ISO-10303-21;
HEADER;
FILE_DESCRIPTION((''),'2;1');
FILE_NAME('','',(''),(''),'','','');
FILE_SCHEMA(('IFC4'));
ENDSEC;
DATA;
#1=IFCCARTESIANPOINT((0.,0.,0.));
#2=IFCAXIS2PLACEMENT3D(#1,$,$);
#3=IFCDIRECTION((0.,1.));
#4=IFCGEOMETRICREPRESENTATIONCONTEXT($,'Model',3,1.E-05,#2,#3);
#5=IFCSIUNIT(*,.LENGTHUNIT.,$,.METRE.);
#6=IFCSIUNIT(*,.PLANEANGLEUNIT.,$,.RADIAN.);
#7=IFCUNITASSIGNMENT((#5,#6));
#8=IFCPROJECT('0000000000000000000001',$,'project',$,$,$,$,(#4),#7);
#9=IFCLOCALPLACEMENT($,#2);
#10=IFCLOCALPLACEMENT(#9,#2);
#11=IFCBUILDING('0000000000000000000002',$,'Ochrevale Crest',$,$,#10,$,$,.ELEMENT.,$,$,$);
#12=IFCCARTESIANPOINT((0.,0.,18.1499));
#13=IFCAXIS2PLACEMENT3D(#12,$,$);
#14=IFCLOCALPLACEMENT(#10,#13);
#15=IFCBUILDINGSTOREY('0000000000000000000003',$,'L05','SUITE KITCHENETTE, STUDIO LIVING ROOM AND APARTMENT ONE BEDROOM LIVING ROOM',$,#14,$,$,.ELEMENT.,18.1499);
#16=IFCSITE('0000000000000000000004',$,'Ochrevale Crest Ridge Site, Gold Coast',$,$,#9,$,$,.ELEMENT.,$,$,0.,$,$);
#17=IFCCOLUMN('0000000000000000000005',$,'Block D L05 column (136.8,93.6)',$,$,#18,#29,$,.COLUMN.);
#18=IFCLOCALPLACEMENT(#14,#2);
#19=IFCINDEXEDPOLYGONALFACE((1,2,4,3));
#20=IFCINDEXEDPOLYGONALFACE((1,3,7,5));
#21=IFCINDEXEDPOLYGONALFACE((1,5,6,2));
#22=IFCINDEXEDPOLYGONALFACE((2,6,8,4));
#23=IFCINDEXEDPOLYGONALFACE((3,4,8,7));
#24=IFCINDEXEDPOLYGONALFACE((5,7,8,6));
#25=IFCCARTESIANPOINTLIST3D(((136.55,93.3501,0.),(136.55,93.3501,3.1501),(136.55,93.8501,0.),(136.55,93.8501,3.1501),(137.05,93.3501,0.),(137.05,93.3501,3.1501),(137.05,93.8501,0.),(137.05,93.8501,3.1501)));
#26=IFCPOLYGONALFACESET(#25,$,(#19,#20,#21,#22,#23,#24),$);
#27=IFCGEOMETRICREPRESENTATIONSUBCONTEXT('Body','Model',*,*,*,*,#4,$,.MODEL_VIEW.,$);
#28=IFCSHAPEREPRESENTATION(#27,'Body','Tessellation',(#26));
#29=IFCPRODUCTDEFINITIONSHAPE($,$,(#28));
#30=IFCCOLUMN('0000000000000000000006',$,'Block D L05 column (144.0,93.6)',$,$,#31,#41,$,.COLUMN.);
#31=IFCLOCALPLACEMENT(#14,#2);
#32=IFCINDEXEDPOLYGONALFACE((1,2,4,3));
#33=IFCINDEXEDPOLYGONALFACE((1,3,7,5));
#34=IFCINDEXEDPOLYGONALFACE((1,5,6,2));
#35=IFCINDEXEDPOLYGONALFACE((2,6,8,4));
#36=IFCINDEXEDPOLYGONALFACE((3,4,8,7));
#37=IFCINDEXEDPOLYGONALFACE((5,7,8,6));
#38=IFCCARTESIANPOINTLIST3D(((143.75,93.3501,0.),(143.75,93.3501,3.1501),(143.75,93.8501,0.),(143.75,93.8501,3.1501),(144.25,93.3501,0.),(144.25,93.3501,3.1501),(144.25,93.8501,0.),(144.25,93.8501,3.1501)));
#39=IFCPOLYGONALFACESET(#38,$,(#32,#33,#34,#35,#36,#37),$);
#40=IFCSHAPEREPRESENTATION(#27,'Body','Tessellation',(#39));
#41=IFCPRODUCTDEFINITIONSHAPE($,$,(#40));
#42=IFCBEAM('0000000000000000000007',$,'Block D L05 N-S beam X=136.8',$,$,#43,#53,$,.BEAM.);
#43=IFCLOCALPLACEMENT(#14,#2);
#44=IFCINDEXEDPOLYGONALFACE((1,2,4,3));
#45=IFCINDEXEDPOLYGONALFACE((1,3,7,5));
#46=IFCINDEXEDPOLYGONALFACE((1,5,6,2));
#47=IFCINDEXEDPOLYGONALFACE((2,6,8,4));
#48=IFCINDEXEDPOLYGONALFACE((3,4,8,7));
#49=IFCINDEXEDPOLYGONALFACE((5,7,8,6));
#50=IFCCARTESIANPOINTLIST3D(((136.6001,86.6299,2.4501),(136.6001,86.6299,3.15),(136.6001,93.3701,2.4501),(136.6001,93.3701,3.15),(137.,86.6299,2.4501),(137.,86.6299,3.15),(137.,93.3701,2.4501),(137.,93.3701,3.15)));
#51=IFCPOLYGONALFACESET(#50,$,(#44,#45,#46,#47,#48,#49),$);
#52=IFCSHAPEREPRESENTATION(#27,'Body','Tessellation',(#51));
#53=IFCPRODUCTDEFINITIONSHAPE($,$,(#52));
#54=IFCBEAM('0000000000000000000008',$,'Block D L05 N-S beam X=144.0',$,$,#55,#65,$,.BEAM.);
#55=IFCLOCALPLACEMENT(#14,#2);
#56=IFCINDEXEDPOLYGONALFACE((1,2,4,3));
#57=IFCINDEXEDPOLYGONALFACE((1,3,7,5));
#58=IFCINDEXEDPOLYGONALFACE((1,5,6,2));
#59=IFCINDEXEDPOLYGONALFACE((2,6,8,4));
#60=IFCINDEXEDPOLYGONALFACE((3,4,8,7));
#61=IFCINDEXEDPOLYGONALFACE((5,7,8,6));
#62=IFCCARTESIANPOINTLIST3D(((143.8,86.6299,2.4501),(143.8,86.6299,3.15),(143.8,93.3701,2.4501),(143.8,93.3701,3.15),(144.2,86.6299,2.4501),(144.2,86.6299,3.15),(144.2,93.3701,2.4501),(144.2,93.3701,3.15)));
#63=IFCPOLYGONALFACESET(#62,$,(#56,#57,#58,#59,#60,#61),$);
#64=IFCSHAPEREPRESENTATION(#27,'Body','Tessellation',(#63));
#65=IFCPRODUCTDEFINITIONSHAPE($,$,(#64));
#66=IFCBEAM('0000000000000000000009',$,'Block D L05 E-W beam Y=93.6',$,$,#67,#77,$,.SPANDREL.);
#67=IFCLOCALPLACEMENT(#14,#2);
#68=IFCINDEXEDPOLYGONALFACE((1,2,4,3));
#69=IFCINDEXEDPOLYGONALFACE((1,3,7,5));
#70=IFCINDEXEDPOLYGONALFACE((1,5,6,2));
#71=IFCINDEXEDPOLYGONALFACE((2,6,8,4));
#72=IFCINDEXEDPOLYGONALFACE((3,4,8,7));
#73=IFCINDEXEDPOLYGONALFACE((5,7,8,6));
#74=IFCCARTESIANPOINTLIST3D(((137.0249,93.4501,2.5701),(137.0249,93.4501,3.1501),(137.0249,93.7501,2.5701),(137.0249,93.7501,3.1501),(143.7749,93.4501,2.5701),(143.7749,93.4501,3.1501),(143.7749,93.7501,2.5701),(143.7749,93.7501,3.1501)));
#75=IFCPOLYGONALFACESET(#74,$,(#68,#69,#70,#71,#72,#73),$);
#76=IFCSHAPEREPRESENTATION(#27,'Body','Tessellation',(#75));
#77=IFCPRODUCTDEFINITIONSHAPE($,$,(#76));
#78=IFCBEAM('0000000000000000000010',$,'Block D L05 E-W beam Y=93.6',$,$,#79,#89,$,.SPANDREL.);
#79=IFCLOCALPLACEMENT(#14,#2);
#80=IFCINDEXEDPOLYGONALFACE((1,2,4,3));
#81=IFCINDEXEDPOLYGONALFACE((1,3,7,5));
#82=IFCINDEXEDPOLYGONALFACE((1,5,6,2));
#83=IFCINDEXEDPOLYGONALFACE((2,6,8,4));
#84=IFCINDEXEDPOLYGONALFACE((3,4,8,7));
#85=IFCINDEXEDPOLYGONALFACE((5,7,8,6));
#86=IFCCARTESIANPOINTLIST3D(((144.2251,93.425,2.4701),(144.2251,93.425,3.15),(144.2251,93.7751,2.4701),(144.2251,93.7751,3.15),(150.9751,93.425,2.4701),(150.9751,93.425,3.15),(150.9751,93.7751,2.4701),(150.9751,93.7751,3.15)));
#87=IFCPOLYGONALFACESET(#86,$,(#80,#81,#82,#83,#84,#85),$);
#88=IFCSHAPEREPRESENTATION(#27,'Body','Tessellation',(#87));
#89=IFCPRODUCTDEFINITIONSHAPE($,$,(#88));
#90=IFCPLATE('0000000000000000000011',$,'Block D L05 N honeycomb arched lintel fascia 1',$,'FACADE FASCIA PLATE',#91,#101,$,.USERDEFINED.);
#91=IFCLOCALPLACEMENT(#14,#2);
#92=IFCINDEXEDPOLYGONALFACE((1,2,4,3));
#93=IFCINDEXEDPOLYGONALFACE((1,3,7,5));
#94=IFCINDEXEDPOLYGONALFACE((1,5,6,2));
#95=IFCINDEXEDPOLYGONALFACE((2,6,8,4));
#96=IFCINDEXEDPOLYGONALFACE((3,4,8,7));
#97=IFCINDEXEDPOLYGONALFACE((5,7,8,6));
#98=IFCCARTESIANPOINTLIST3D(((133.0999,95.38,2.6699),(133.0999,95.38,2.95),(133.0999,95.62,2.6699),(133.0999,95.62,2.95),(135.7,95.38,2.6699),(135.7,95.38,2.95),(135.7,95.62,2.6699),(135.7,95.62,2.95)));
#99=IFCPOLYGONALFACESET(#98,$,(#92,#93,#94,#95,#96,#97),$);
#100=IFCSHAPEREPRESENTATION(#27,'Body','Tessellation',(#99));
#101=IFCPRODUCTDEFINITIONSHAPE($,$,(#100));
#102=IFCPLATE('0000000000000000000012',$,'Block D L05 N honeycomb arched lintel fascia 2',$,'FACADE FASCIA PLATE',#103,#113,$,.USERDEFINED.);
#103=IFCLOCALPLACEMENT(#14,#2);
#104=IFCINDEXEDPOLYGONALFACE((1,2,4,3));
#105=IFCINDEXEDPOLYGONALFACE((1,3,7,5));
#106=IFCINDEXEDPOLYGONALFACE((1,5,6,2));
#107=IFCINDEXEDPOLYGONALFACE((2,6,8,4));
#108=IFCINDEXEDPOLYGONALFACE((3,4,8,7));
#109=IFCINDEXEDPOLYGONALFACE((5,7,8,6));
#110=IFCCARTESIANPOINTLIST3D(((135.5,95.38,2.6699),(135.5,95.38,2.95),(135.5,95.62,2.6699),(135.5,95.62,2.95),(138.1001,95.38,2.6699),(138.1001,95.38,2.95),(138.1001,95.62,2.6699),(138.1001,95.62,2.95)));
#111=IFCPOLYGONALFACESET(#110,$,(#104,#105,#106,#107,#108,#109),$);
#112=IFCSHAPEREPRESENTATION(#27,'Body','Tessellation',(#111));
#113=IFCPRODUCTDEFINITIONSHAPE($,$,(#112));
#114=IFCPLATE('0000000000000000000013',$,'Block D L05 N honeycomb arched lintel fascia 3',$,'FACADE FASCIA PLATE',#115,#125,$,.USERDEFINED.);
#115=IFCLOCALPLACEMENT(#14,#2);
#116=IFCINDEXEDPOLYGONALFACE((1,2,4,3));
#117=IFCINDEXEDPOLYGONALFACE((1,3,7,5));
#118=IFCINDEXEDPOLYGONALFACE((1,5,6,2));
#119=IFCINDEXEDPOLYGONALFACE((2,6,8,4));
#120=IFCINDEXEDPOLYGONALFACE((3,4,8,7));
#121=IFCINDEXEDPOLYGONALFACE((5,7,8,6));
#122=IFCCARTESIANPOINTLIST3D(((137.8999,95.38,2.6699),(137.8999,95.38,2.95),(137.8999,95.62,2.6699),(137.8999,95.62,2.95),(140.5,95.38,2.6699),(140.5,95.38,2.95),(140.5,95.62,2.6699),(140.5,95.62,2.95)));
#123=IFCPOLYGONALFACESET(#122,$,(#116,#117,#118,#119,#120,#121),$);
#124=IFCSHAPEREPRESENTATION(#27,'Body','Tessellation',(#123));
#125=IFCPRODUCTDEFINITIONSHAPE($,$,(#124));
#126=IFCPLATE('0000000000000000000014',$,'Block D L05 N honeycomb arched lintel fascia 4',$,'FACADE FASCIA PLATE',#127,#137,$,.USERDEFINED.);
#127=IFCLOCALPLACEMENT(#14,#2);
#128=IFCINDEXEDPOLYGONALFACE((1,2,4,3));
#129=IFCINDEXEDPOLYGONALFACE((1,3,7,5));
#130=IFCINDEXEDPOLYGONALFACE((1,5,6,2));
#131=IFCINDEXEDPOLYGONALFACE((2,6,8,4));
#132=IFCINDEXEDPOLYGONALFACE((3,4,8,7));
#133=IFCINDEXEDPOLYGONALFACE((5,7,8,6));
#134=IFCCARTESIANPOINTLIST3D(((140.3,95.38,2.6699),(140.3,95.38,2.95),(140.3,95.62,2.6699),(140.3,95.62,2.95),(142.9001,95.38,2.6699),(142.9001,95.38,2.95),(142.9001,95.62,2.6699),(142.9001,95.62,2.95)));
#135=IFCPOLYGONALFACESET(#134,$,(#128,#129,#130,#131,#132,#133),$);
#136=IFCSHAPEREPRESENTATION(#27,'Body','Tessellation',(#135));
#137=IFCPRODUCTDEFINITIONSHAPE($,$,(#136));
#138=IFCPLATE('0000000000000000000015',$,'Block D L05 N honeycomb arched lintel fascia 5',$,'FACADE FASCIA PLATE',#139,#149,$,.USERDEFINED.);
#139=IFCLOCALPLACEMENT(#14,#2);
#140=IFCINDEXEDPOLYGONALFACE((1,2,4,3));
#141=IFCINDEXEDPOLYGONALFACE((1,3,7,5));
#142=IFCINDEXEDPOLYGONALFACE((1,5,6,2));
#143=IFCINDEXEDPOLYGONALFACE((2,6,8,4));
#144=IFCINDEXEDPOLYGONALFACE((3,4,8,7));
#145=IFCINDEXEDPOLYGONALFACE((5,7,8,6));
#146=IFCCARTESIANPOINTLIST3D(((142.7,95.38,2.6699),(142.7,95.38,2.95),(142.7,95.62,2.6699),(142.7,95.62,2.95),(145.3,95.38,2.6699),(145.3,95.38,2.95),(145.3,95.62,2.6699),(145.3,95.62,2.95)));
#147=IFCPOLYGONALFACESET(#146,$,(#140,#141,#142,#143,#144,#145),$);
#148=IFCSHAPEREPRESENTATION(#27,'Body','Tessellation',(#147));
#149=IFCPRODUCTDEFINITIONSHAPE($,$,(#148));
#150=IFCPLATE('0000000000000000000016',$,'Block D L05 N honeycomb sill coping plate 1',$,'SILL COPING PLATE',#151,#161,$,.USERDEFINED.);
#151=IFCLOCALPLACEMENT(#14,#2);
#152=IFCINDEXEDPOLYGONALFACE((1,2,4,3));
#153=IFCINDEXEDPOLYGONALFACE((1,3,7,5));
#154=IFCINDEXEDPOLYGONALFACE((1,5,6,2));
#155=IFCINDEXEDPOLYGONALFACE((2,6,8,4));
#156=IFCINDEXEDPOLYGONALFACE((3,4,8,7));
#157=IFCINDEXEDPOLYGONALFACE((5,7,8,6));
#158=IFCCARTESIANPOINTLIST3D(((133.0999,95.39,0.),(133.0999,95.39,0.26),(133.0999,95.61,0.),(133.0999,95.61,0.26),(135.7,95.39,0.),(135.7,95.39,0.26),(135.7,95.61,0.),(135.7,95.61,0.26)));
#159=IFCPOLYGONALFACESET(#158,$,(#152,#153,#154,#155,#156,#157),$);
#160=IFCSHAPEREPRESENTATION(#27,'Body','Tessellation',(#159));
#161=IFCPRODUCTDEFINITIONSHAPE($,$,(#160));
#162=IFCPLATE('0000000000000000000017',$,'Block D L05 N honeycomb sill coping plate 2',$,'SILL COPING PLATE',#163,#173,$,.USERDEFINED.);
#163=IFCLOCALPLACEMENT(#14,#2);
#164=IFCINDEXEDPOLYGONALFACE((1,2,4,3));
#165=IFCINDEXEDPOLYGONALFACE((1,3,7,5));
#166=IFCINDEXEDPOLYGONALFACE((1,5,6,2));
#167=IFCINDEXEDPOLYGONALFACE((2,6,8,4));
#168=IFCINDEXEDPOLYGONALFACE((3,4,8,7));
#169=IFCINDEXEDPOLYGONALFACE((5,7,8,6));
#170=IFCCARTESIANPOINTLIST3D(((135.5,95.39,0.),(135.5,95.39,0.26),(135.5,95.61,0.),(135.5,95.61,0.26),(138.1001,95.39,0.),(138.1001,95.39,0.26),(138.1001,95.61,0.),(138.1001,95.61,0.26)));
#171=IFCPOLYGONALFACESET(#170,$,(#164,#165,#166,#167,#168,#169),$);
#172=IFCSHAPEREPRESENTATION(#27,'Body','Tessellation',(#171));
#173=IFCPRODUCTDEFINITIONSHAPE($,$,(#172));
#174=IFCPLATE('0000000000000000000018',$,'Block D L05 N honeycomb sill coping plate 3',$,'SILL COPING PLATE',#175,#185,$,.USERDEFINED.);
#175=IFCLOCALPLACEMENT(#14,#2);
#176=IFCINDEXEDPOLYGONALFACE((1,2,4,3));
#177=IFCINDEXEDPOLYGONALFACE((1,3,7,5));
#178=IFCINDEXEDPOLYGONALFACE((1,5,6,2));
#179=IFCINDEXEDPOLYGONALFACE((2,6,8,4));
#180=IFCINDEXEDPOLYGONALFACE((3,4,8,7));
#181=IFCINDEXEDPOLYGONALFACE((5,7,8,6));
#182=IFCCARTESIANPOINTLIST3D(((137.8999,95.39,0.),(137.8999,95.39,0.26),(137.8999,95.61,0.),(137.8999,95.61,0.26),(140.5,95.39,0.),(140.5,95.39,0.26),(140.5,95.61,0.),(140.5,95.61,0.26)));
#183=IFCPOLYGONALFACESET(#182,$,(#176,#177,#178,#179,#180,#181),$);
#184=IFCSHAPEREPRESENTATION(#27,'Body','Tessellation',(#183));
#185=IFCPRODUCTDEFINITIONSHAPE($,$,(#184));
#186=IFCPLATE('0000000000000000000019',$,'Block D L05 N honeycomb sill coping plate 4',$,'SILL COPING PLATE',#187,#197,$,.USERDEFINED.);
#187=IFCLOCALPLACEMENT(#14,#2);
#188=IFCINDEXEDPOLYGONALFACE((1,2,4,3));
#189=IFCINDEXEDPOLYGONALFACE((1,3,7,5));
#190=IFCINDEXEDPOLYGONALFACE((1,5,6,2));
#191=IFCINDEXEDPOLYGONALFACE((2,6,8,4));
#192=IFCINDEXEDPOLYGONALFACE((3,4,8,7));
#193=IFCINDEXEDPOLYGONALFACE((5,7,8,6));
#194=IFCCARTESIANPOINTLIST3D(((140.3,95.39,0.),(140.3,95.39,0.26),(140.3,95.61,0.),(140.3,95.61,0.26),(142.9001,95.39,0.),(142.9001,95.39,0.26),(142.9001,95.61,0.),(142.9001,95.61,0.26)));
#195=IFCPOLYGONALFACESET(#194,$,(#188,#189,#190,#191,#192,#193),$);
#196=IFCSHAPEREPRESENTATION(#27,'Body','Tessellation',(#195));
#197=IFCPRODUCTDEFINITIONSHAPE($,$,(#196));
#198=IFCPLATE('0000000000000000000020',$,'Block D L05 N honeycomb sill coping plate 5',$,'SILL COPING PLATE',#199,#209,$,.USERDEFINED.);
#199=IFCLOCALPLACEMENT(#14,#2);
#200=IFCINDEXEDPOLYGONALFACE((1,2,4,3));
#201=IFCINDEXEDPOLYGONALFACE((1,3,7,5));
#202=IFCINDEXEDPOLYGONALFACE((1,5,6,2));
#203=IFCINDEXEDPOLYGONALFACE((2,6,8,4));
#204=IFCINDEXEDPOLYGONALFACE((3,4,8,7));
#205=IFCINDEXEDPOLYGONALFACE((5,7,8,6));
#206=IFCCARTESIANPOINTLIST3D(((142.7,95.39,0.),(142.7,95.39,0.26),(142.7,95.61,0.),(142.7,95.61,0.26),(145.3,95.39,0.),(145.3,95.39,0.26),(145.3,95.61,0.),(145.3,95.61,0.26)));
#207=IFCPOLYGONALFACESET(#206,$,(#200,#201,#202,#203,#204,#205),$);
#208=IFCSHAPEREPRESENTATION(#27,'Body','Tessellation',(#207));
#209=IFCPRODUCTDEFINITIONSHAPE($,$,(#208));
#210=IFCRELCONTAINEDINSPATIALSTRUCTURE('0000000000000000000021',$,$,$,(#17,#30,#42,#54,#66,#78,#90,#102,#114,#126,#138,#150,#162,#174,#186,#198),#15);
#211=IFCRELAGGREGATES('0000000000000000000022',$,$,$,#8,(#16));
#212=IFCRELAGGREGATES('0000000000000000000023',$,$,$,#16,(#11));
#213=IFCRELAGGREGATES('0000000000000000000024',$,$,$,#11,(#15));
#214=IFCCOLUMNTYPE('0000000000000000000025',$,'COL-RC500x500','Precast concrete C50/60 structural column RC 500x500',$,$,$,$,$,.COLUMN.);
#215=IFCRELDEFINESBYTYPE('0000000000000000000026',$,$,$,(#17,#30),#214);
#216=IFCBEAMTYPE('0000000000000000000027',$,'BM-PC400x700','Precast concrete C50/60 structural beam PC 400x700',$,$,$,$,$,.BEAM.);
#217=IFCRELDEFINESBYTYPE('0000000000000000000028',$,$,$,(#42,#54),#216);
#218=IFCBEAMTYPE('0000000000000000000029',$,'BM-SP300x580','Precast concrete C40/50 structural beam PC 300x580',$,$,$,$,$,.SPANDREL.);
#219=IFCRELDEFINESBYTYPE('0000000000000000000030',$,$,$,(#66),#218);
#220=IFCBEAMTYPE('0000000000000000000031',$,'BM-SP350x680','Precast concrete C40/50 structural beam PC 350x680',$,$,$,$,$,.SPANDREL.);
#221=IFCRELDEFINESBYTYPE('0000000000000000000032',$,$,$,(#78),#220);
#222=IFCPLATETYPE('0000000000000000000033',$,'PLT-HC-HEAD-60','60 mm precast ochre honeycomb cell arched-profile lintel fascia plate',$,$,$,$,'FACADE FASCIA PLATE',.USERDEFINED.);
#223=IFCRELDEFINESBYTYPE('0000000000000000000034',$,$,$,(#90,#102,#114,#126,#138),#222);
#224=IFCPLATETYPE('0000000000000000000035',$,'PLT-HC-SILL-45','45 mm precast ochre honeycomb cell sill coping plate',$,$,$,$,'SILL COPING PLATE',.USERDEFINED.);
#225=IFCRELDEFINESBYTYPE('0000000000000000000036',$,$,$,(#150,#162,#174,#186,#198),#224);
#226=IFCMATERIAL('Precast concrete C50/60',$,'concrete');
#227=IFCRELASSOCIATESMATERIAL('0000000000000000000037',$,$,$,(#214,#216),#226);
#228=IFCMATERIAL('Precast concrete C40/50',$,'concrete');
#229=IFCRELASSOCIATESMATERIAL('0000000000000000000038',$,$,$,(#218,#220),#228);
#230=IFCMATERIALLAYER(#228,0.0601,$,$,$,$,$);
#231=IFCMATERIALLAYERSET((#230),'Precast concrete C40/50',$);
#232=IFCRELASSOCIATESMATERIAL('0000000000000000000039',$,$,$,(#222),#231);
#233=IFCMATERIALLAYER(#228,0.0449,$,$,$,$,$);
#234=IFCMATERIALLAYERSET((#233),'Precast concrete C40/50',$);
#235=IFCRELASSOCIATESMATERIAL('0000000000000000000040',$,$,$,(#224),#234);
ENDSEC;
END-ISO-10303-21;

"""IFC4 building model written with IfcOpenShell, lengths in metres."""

from ifc_helpers import new_model, si_unit, direction, frame, origin, origin_2d, place, context, subcontext, project, spatial, rectangle, extrude, material, layer, layer_set, material_profile, profile_set, type_object, element, save


model = new_model("IFC4")

# Units and contexts
model_context = context("Model", 3, precision=1e-05, world=origin(), true_north=direction((0.0, 1.0)))
body_context = subcontext(model_context, "Body", "Model", "MODEL_VIEW")
ifc_project = project(units=[si_unit("LENGTHUNIT", "METRE"), si_unit("PLANEANGLEUNIT", "RADIAN")], contexts=[model_context])

# Site, building, storey
site_placement = place(None, origin())
site = spatial("IfcSite", under=ifc_project, at=site_placement, Name="Ochrevale Crest Ridge Site, Gold Coast", CompositionType="ELEMENT", RefElevation=0.0)
building_placement = place(site_placement, origin())
building = spatial("IfcBuilding", under=site, at=building_placement, Name="Ochrevale Crest", CompositionType="ELEMENT")
storey_placement = place(building_placement, frame((0.0, 0.0, 18.1499)))
storey = spatial("IfcBuildingStorey", under=building, at=storey_placement, Name="L05", Description="SUITE KITCHENETTE, STUDIO LIVING ROOM AND APARTMENT ONE BEDROOM LIVING ROOM", CompositionType="ELEMENT", Elevation=18.1499)

# Columns
ifc_material_1 = material(Name="Precast concrete C50/60", Category="concrete")
ifc_material_profile_1 = material_profile(ifc_material_1, rectangle(XDim=0.5, YDim=0.5, at=origin_2d()), Name="RC 500x500")
ifc_profile_set_1 = profile_set([ifc_material_profile_1], Name="Precast concrete C50/60")
column_type = type_object("IfcColumnType", Name="COL-RC500x500", Description="Precast concrete C50/60 structural column RC 500x500", PredefinedType="COLUMN", material=ifc_profile_set_1)
for number, where, z_axis, x_axis, name in (
    (1, (136.8, 93.6001, 0.0), (0.0, 0.0, 1.0), (1.0, 0.0, 0.0), "Block D L05 column (136.8,93.6)"),
    (2, (144.0, 93.6001, 0.0), (0.0, 0.0, 1.0), (1.0, 0.0, 0.0), "Block D L05 column (144.0,93.6)"),
):
    element("IfcColumn", number, at=place(storey_placement, frame(where, z_axis=z_axis, x_axis=x_axis)), inside=storey, type_object=column_type, Name=name, PredefinedType="COLUMN", context=body_context, shape_type="SweptSolid", body=[
        extrude(rectangle(XDim=0.5, YDim=0.5, at=origin_2d()), origin(), (0.0, 0.0, 1.0), 3.1501),
    ])

# Beams
ifc_material_profile_2 = material_profile(ifc_material_1, rectangle(XDim=0.3999, YDim=0.7, at=origin_2d()), Name="PC 400x700")
ifc_profile_set_2 = profile_set([ifc_material_profile_2], Name="Precast concrete C50/60")
beam_type_1 = type_object("IfcBeamType", Name="BM-PC400x700", Description="Precast concrete C50/60 structural beam PC 400x700", PredefinedType="BEAM", material=ifc_profile_set_2)
for number, where, z_axis, x_axis, name in (
    (3, (136.8, 86.6299, 2.8), (0.0, 1.0, 0.0), (-1.0, 0.0, 0.0), "Block D L05 N-S beam X=136.8"),
    (4, (144.0, 86.6299, 2.8), (0.0, 1.0, 0.0), (-1.0, 0.0, 0.0), "Block D L05 N-S beam X=144.0"),
):
    element("IfcBeam", number, at=place(storey_placement, frame(where, z_axis=z_axis, x_axis=x_axis)), inside=storey, type_object=beam_type_1, Name=name, PredefinedType="BEAM", context=body_context, shape_type="SweptSolid", body=[
        extrude(rectangle(XDim=0.3999, YDim=0.7, at=origin_2d()), origin(), (0.0, 0.0, 1.0), 6.7402),
    ])
ifc_material_2 = material(Name="Precast concrete C40/50", Category="concrete")
ifc_material_profile_3 = material_profile(ifc_material_2, rectangle(XDim=0.3, YDim=0.5801, at=origin_2d()), Name="PC 300x580")
ifc_profile_set_3 = profile_set([ifc_material_profile_3], Name="Precast concrete C40/50")
beam_type_2 = type_object("IfcBeamType", Name="BM-SP300x580", Description="Precast concrete C40/50 structural beam PC 300x580", PredefinedType="SPANDREL", material=ifc_profile_set_3)
beam_1_placement = place(storey_placement, frame((137.0249, 93.6001, 2.8601), z_axis=(1.0, 0.0, 0.0), x_axis=(0.0, 1.0, 0.0)))
element("IfcBeam", 5, at=beam_1_placement, inside=storey, type_object=beam_type_2, Name="Block D L05 E-W beam Y=93.6", PredefinedType="SPANDREL", context=body_context, shape_type="SweptSolid", body=[
    extrude(rectangle(XDim=0.3, YDim=0.5801, at=origin_2d()), origin(), (0.0, 0.0, 1.0), 6.75),
])
ifc_material_profile_4 = material_profile(ifc_material_2, rectangle(XDim=0.3501, YDim=0.6799, at=origin_2d()), Name="PC 350x680")
ifc_profile_set_4 = profile_set([ifc_material_profile_4], Name="Precast concrete C40/50")
beam_type_3 = type_object("IfcBeamType", Name="BM-SP350x680", Description="Precast concrete C40/50 structural beam PC 350x680", PredefinedType="SPANDREL", material=ifc_profile_set_4)
beam_2_placement = place(storey_placement, frame((144.2251, 93.6001, 2.8101), z_axis=(1.0, 0.0, 0.0), x_axis=(0.0, 1.0, 0.0)))
element("IfcBeam", 6, at=beam_2_placement, inside=storey, type_object=beam_type_3, Name="Block D L05 E-W beam Y=93.6", PredefinedType="SPANDREL", context=body_context, shape_type="SweptSolid", body=[
    extrude(rectangle(XDim=0.3501, YDim=0.6799, at=origin_2d()), origin(), (0.0, 0.0, 1.0), 6.75),
])

# Plates
ifc_layer_1 = layer(ifc_material_2, 0.0601)
ifc_layer_set_1 = layer_set([ifc_layer_1], Name="Precast concrete C40/50")
plate_type_1 = type_object("IfcPlateType", Name="PLT-HC-HEAD-60", Description="60 mm precast ochre honeycomb cell arched-profile lintel fascia plate", ElementType="FACADE FASCIA PLATE", PredefinedType="USERDEFINED", material=ifc_layer_set_1)
for number, where, z_axis, x_axis, name in (
    (7, (134.3999, 95.5, 2.6699), (0.0, 0.0, 1.0), (1.0, 0.0, 0.0), "Block D L05 N honeycomb arched lintel fascia 1"),
    (8, (136.8, 95.5, 2.6699), (0.0, 0.0, 1.0), (1.0, 0.0, 0.0), "Block D L05 N honeycomb arched lintel fascia 2"),
    (9, (139.2, 95.5, 2.6699), (0.0, 0.0, 1.0), (1.0, 0.0, 0.0), "Block D L05 N honeycomb arched lintel fascia 3"),
    (10, (141.6001, 95.5, 2.6699), (0.0, 0.0, 1.0), (1.0, 0.0, 0.0), "Block D L05 N honeycomb arched lintel fascia 4"),
    (11, (144.0, 95.5, 2.6699), (0.0, 0.0, 1.0), (1.0, 0.0, 0.0), "Block D L05 N honeycomb arched lintel fascia 5"),
):
    element("IfcPlate", number, at=place(storey_placement, frame(where, z_axis=z_axis, x_axis=x_axis)), inside=storey, type_object=plate_type_1, Name=name, ObjectType="FACADE FASCIA PLATE", PredefinedType="USERDEFINED", context=body_context, shape_type="SweptSolid", body=[
        extrude(rectangle(XDim=2.6001, YDim=0.24, at=origin_2d()), origin(), (0.0, 0.0, 1.0), 0.28),
    ])
ifc_layer_2 = layer(ifc_material_2, 0.0449)
ifc_layer_set_2 = layer_set([ifc_layer_2], Name="Precast concrete C40/50")
plate_type_2 = type_object("IfcPlateType", Name="PLT-HC-SILL-45", Description="45 mm precast ochre honeycomb cell sill coping plate", ElementType="SILL COPING PLATE", PredefinedType="USERDEFINED", material=ifc_layer_set_2)
for number, where, z_axis, x_axis, name in (
    (12, (134.3999, 95.5, 0.0), (0.0, 0.0, 1.0), (1.0, 0.0, 0.0), "Block D L05 N honeycomb sill coping plate 1"),
    (13, (136.8, 95.5, 0.0), (0.0, 0.0, 1.0), (1.0, 0.0, 0.0), "Block D L05 N honeycomb sill coping plate 2"),
    (14, (139.2, 95.5, 0.0), (0.0, 0.0, 1.0), (1.0, 0.0, 0.0), "Block D L05 N honeycomb sill coping plate 3"),
    (15, (141.6001, 95.5, 0.0), (0.0, 0.0, 1.0), (1.0, 0.0, 0.0), "Block D L05 N honeycomb sill coping plate 4"),
    (16, (144.0, 95.5, 0.0), (0.0, 0.0, 1.0), (1.0, 0.0, 0.0), "Block D L05 N honeycomb sill coping plate 5"),
):
    element("IfcPlate", number, at=place(storey_placement, frame(where, z_axis=z_axis, x_axis=x_axis)), inside=storey, type_object=plate_type_2, Name=name, ObjectType="SILL COPING PLATE", PredefinedType="USERDEFINED", context=body_context, shape_type="SweptSolid", body=[
        extrude(rectangle(XDim=2.6001, YDim=0.22, at=origin_2d()), origin(), (0.0, 0.0, 1.0), 0.26),
    ])

save(model, "model.ifc")
